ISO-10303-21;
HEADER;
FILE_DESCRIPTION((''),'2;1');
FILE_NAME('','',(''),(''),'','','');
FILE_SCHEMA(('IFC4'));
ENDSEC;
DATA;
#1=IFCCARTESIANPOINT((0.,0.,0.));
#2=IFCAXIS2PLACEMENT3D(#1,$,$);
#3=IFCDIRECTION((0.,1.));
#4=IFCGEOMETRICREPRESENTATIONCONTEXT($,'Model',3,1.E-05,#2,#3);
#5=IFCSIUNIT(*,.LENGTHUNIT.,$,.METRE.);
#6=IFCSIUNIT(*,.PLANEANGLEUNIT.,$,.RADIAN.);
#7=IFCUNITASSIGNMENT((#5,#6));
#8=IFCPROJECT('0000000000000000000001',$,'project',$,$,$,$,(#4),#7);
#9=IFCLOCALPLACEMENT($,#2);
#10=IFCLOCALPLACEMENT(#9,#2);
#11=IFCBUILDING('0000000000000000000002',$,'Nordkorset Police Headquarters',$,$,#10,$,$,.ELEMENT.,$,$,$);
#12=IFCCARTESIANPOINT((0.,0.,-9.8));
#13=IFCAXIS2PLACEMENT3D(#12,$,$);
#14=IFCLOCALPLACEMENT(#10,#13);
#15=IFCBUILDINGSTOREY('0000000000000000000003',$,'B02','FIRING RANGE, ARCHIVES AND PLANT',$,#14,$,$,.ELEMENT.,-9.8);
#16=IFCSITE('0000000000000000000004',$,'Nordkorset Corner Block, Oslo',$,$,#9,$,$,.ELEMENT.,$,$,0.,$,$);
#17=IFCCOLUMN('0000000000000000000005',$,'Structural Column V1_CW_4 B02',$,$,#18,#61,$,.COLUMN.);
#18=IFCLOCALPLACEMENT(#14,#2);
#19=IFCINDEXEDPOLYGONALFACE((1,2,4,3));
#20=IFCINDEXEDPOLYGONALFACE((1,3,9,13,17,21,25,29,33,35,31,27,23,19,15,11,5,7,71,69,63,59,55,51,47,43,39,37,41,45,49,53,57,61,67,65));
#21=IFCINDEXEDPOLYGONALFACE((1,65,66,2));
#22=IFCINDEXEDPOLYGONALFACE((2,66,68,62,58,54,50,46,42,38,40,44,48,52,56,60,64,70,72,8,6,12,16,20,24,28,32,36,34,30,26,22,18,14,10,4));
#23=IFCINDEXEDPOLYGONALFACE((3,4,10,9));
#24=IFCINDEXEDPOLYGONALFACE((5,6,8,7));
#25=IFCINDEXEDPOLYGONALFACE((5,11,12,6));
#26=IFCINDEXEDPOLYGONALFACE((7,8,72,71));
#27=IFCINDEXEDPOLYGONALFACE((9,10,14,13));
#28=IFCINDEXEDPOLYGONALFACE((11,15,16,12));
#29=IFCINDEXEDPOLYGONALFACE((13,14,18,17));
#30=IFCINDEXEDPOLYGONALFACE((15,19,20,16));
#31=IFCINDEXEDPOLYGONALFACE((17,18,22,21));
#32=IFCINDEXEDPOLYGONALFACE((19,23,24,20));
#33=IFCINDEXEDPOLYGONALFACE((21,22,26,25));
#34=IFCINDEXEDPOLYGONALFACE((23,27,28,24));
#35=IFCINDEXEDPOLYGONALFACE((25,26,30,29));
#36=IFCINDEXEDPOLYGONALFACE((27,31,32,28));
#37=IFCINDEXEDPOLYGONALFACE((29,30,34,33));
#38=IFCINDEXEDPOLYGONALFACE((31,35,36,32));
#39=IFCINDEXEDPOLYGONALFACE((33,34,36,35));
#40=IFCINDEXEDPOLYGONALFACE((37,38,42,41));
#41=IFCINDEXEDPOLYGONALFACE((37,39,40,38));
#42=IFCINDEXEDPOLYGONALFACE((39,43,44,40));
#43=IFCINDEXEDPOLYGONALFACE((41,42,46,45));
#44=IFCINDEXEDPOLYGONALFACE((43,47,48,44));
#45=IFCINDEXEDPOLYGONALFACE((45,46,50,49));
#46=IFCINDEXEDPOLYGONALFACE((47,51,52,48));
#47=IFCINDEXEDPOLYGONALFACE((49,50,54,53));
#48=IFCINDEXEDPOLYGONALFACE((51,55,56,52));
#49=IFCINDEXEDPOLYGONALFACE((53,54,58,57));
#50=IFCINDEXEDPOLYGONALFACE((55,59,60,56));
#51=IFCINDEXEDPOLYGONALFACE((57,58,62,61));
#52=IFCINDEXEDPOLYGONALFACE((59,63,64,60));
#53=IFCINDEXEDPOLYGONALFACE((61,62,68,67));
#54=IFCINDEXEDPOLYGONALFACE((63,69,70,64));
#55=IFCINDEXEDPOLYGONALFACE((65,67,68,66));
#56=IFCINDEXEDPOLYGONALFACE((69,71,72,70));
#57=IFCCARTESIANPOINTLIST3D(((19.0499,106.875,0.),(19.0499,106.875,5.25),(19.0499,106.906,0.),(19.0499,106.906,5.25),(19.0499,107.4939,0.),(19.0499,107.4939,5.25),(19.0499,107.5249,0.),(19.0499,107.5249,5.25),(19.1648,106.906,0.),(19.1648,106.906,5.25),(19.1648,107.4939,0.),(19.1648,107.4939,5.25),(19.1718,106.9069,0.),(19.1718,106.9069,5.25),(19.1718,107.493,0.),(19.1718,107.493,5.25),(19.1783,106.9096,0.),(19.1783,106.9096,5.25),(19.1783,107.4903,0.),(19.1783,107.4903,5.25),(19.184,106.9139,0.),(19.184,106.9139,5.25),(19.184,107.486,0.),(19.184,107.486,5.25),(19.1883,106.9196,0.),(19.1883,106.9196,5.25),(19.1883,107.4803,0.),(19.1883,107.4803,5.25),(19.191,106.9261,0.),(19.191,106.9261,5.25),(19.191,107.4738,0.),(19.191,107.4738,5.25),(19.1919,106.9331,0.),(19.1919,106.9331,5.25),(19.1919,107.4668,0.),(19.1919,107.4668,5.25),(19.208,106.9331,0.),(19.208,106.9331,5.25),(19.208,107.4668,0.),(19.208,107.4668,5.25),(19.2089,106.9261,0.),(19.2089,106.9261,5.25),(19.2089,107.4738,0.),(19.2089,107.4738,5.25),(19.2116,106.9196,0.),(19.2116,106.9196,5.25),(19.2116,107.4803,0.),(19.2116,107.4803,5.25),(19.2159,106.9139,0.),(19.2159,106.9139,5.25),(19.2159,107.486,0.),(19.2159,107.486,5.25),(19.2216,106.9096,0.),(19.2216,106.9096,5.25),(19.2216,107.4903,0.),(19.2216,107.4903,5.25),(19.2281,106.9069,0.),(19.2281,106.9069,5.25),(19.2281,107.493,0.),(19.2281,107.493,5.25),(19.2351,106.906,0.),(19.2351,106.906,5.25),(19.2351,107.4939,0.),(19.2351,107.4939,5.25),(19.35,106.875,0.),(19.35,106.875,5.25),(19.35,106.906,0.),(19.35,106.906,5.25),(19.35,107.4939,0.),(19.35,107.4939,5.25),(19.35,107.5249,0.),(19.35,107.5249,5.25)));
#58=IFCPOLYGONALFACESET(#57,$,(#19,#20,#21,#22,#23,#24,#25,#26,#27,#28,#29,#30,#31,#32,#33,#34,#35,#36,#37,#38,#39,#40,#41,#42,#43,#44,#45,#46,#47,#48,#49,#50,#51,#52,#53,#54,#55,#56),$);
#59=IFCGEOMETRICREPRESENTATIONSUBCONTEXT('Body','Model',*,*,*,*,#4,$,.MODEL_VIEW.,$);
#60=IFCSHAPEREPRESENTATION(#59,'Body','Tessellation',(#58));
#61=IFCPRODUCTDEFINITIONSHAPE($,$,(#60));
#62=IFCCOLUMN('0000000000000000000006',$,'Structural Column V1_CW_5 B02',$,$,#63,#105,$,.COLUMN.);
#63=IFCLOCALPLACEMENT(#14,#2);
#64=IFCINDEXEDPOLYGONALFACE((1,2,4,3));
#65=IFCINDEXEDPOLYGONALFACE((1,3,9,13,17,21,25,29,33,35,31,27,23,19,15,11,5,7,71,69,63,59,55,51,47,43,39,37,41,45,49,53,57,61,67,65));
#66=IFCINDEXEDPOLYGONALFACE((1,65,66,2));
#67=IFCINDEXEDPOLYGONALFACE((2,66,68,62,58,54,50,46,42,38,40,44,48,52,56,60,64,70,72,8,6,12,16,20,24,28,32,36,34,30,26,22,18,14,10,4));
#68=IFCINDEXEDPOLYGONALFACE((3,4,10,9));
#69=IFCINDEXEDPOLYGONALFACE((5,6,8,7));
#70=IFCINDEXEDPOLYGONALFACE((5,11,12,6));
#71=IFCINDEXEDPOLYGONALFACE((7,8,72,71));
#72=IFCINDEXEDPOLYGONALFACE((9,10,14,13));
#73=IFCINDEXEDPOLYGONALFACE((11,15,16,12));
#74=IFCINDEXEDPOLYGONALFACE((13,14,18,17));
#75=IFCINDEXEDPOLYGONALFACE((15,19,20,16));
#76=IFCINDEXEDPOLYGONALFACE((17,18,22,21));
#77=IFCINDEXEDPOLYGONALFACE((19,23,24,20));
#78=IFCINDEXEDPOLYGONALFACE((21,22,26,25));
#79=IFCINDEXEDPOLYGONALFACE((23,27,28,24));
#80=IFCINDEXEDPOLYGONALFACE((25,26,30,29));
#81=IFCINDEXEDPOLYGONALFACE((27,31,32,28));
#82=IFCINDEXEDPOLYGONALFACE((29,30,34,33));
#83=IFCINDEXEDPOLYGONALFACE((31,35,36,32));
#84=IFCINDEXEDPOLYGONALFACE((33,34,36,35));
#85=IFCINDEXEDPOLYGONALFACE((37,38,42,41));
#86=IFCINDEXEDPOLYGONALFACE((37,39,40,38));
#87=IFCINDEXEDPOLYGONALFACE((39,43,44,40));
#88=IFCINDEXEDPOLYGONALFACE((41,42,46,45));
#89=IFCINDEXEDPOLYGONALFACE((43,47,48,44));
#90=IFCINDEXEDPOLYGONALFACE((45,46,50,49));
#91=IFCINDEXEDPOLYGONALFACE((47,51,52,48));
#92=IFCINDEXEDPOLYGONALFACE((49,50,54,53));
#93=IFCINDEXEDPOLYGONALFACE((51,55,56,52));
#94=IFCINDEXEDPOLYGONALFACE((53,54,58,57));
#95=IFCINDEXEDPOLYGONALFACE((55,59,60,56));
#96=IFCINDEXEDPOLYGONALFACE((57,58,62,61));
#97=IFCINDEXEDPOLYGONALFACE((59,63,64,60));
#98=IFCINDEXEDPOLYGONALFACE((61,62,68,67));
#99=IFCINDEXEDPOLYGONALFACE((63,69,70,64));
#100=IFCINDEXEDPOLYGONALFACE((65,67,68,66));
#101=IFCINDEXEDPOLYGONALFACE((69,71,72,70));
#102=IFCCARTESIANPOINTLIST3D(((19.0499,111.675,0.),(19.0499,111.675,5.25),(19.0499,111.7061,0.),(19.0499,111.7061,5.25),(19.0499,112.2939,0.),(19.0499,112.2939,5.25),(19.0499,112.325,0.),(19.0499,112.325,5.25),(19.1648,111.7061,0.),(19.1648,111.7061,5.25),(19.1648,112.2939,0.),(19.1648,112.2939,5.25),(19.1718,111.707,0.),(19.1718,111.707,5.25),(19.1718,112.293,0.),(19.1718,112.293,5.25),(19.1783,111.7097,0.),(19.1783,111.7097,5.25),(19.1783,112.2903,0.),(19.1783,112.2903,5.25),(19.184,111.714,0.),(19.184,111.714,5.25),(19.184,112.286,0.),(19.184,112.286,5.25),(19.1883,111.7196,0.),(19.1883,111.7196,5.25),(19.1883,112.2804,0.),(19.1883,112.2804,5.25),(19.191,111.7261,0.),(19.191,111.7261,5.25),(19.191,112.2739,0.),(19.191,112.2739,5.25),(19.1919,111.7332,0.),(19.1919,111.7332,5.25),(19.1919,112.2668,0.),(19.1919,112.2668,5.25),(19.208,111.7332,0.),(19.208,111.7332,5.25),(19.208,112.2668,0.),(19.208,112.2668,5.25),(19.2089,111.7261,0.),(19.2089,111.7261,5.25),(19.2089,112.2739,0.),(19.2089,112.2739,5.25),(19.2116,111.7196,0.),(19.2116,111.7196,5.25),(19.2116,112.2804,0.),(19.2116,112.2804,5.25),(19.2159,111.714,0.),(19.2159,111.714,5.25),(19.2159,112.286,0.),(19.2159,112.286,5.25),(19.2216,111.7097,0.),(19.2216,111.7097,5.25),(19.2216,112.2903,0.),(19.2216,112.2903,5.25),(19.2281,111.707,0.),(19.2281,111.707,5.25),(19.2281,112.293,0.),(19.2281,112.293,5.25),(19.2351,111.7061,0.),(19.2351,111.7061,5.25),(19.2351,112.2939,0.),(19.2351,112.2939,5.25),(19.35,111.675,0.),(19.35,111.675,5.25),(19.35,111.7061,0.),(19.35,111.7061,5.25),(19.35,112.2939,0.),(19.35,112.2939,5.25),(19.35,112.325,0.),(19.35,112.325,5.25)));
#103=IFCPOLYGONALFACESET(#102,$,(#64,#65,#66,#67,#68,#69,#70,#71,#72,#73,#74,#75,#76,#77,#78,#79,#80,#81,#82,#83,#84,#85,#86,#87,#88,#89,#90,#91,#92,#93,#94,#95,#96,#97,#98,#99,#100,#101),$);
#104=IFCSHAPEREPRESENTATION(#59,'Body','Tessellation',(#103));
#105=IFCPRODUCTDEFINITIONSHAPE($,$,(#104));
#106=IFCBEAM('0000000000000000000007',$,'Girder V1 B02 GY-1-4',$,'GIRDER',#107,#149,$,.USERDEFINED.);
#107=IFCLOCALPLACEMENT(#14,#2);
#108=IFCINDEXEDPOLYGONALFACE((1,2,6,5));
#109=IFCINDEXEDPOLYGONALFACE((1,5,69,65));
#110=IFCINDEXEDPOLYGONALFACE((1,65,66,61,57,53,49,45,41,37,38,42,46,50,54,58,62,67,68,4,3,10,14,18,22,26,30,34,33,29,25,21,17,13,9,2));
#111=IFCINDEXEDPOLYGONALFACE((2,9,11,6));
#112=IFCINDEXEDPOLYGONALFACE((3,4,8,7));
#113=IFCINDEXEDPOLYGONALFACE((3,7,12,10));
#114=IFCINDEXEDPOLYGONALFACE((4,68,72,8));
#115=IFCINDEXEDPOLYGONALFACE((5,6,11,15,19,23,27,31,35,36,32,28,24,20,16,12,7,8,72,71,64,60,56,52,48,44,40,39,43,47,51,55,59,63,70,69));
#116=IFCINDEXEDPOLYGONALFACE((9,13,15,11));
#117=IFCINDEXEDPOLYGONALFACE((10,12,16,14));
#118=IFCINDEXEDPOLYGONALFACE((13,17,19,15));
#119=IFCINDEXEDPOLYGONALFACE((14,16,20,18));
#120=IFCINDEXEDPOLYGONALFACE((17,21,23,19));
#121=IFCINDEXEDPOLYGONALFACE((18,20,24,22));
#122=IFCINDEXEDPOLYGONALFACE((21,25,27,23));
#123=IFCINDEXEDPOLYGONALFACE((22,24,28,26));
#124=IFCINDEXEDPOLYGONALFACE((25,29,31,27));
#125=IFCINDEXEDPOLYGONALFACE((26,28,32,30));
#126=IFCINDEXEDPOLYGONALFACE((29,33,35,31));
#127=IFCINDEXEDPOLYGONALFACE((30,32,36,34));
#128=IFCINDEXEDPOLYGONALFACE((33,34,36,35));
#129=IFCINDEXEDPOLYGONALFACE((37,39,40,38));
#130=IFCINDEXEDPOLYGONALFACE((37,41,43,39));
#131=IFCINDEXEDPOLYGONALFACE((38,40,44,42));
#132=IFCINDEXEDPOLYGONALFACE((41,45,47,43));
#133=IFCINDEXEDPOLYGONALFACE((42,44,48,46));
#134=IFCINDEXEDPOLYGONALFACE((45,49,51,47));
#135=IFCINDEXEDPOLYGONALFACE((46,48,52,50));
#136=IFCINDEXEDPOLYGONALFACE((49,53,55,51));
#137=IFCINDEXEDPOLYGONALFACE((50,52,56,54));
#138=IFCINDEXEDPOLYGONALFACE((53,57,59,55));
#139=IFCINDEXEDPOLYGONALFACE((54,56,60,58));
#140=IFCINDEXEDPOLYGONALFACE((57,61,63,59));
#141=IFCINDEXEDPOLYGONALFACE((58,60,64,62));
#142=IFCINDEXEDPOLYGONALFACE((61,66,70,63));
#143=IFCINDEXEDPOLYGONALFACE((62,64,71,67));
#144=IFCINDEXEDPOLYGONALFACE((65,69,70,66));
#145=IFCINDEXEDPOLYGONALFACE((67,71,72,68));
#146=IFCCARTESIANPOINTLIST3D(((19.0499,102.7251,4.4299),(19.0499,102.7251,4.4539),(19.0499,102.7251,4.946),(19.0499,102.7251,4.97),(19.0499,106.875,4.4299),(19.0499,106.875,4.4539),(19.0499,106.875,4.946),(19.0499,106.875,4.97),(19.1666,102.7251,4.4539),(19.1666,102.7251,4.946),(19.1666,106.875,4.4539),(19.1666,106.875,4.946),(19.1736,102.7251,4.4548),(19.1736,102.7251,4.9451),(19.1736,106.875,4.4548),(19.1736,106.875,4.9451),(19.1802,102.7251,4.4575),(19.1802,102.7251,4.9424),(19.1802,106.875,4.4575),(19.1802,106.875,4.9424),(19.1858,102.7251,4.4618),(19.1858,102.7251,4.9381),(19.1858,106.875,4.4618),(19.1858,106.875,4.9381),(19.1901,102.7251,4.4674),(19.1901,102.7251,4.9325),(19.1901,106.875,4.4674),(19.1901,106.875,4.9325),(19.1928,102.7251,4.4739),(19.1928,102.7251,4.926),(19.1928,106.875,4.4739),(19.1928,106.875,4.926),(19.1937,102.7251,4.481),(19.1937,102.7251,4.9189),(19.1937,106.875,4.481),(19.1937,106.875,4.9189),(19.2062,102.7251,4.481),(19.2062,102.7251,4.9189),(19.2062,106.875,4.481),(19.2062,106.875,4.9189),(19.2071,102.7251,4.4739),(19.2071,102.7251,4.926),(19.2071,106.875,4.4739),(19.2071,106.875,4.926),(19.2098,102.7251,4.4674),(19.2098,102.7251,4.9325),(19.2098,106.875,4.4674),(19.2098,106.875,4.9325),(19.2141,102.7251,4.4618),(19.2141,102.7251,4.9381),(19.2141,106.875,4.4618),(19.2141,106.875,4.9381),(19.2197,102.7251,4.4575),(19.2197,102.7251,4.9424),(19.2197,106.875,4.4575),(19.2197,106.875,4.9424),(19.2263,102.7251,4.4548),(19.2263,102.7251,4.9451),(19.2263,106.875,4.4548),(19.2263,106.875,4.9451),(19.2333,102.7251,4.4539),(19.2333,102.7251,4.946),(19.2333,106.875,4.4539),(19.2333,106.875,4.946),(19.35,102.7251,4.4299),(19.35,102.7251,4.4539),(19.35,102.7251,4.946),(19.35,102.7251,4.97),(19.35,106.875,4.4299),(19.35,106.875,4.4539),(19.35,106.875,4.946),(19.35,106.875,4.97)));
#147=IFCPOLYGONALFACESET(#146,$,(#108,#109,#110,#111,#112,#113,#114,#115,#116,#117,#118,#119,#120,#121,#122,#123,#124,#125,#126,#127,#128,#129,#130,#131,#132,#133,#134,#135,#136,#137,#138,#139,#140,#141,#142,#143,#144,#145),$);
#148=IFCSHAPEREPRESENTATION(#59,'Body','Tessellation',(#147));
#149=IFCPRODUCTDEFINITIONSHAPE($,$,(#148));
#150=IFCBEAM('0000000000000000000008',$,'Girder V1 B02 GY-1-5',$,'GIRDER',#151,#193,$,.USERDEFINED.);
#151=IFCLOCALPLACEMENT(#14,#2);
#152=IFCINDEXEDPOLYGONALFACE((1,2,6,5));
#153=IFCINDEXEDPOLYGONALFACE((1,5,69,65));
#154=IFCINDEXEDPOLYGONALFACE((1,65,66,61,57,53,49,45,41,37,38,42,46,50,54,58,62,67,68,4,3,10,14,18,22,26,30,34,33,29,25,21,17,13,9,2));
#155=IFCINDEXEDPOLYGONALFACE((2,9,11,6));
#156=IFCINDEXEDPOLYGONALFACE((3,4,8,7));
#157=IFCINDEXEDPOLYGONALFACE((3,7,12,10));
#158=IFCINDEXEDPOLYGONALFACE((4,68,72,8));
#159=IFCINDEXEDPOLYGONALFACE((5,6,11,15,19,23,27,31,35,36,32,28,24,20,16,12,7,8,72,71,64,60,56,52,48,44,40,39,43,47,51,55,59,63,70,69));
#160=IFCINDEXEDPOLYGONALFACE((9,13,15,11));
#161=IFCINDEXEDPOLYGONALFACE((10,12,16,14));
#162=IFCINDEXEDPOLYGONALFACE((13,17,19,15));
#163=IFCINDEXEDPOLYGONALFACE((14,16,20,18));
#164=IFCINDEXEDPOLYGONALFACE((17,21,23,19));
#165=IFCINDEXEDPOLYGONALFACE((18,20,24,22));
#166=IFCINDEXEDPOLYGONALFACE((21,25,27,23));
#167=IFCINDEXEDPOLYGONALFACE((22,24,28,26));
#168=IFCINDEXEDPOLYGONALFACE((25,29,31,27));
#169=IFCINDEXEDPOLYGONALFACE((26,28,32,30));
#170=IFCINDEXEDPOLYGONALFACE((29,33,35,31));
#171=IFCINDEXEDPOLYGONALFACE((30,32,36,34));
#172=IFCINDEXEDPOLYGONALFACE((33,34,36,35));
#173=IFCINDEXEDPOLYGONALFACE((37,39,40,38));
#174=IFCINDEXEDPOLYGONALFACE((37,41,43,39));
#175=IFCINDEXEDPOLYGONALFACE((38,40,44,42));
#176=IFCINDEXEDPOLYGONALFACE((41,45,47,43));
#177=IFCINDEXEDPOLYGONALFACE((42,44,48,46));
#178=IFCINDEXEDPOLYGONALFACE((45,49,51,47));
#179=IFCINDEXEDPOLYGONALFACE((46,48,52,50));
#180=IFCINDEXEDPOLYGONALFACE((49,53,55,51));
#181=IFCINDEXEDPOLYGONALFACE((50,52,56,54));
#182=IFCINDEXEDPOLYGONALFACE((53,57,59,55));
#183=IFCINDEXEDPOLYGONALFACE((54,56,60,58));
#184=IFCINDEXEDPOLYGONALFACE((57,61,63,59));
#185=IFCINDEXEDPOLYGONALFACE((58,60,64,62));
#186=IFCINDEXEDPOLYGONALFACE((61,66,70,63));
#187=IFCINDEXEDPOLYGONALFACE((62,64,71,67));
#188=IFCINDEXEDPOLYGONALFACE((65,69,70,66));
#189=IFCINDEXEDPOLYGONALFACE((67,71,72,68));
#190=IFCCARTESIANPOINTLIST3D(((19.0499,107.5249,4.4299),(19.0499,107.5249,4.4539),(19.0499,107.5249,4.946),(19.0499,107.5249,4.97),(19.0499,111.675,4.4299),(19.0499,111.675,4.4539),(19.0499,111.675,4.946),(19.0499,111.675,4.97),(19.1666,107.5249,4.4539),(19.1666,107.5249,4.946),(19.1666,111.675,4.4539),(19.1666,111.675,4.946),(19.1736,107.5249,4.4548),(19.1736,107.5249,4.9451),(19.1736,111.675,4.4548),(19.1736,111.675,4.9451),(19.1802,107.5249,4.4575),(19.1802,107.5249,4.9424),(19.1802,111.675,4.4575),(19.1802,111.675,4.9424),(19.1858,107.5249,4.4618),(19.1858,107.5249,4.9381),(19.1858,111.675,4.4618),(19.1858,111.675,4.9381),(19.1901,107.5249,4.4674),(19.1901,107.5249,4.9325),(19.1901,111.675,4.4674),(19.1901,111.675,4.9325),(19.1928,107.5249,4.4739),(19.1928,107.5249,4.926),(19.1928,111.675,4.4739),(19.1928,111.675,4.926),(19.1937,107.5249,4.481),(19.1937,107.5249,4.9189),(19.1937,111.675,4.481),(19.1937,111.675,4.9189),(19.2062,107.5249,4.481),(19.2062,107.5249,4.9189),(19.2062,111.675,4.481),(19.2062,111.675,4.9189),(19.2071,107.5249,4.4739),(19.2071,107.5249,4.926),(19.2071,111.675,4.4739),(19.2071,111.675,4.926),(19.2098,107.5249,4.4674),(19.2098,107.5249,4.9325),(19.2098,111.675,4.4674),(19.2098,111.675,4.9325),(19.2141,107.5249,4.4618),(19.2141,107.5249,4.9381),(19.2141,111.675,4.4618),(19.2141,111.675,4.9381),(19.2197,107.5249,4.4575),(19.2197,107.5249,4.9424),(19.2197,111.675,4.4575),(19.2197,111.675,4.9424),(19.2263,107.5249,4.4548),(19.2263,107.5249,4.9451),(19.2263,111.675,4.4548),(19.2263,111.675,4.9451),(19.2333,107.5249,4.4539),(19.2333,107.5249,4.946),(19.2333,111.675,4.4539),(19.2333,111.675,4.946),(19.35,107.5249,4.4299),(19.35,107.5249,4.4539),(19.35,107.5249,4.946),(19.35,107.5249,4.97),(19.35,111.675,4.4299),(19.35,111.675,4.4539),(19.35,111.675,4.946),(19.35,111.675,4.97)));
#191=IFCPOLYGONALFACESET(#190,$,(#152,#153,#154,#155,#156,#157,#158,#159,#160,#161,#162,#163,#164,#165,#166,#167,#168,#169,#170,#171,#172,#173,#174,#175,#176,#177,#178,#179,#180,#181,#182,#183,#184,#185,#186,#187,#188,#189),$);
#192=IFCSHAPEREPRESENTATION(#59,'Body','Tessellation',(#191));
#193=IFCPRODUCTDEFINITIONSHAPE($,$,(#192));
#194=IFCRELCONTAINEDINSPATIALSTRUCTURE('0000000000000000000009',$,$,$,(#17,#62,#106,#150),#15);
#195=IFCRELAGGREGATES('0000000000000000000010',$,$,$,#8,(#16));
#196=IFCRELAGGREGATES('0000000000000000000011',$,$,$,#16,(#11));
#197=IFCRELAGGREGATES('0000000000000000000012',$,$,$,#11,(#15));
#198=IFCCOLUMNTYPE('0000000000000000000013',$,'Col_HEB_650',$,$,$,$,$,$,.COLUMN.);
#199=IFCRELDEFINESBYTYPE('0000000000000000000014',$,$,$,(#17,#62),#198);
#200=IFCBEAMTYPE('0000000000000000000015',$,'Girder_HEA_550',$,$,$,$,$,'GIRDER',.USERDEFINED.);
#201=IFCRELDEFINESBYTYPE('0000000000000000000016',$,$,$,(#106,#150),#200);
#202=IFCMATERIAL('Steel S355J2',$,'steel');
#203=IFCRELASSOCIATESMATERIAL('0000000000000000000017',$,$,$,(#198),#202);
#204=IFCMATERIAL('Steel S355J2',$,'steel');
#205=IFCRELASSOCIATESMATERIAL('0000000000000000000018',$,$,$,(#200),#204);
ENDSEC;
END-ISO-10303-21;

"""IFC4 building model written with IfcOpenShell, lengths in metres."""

from ifc_helpers import new_model, si_unit, direction, frame, origin, origin_2d, place, context, subcontext, project, spatial, i_section, extrude, material, material_profile, profile_set, type_object, element, save


model = new_model("IFC4")

# Units and contexts
model_context = context("Model", 3, precision=1e-05, world=origin(), true_north=direction((0.0, 1.0)))
body_context = subcontext(model_context, "Body", "Model", "MODEL_VIEW")
ifc_project = project(units=[si_unit("LENGTHUNIT", "METRE"), si_unit("PLANEANGLEUNIT", "RADIAN")], contexts=[model_context])

# Site, building, storey
site_placement = place(None, origin())
site = spatial("IfcSite", under=ifc_project, at=site_placement, Name="Nordkorset Corner Block, Oslo", CompositionType="ELEMENT", RefElevation=0.0)
building_placement = place(site_placement, origin())
building = spatial("IfcBuilding", under=site, at=building_placement, Name="Nordkorset Police Headquarters", CompositionType="ELEMENT")
storey_placement = place(building_placement, frame((0.0, 0.0, -9.8)))
storey = spatial("IfcBuildingStorey", under=building, at=storey_placement, Name="B02", Description="FIRING RANGE, ARCHIVES AND PLANT", CompositionType="ELEMENT", Elevation=-9.8)

# Columns
ifc_material_1 = material(Name="Steel S355J2", Category="steel")
ifc_material_profile_1 = material_profile(ifc_material_1, i_section(OverallWidth=0.3, OverallDepth=0.6499, WebThickness=0.0161, FlangeThickness=0.031, FilletRadius=0.0271, at=origin_2d()), Name="HEB 650")
ifc_profile_set_1 = profile_set([ifc_material_profile_1], Name="Steel S355J2")
column_type = type_object("IfcColumnType", Name="Col_HEB_650", PredefinedType="COLUMN", material=ifc_profile_set_1)
for number, where, z_axis, x_axis, name in (
    (1, (19.2, 107.2, 0.0), (0.0, 0.0, 1.0), (1.0, 0.0, 0.0), "Structural Column V1_CW_4 B02"),
    (2, (19.2, 112.0, 0.0), (0.0, 0.0, 1.0), (1.0, 0.0, 0.0), "Structural Column V1_CW_5 B02"),
):
    element("IfcColumn", number, at=place(storey_placement, frame(where, z_axis=z_axis, x_axis=x_axis)), inside=storey, type_object=column_type, Name=name, PredefinedType="COLUMN", context=body_context, shape_type="SweptSolid", body=[
        extrude(i_section(OverallWidth=0.3, OverallDepth=0.6499, WebThickness=0.0161, FlangeThickness=0.031, FilletRadius=0.0271, at=origin_2d()), origin(), (0.0, 0.0, 1.0), 5.25),
    ])

# Beams
ifc_material_2 = material(Name="Steel S355J2", Category="steel")
ifc_material_profile_2 = material_profile(ifc_material_2, i_section(OverallWidth=0.3, OverallDepth=0.54, WebThickness=0.0125, FlangeThickness=0.0239, FilletRadius=0.0271, at=origin_2d()), Name="HEA 550")
ifc_profile_set_2 = profile_set([ifc_material_profile_2], Name="Steel S355J2")
beam_type = type_object("IfcBeamType", Name="Girder_HEA_550", ElementType="GIRDER", PredefinedType="USERDEFINED", material=ifc_profile_set_2)
beam_placement = place(storey_placement, frame((19.2, 102.7251, 4.7), z_axis=(0.0, 1.0, 0.0), x_axis=(-1.0, 0.0, 0.0)))
element("IfcBeam", 3, at=beam_placement, inside=storey, type_object=beam_type, Name="Girder V1 B02 GY-1-4", ObjectType="GIRDER", PredefinedType="USERDEFINED", context=body_context, shape_type="SweptSolid", body=[
    extrude(i_section(OverallWidth=0.3, OverallDepth=0.54, WebThickness=0.0125, FlangeThickness=0.0239, FilletRadius=0.0271, at=origin_2d()), origin(), (0.0, 0.0, 1.0), 4.1499),
])
for number, where, z_axis, x_axis, name in (
    (4, (19.2, 107.5249, 4.7), (0.0, 1.0, 0.0), (-1.0, 0.0, 0.0), "Girder V1 B02 GY-1-5"),
):
    element("IfcBeam", number, at=place(storey_placement, frame(where, z_axis=z_axis, x_axis=x_axis)), inside=storey, type_object=beam_type, Name=name, ObjectType="GIRDER", PredefinedType="USERDEFINED", context=body_context, shape_type="SweptSolid", body=[
        extrude(i_section(OverallWidth=0.3, OverallDepth=0.54, WebThickness=0.0125, FlangeThickness=0.0239, FilletRadius=0.0271, at=origin_2d()), origin(), (0.0, 0.0, 1.0), 4.1501),
    ])

save(model, "model.ifc")
